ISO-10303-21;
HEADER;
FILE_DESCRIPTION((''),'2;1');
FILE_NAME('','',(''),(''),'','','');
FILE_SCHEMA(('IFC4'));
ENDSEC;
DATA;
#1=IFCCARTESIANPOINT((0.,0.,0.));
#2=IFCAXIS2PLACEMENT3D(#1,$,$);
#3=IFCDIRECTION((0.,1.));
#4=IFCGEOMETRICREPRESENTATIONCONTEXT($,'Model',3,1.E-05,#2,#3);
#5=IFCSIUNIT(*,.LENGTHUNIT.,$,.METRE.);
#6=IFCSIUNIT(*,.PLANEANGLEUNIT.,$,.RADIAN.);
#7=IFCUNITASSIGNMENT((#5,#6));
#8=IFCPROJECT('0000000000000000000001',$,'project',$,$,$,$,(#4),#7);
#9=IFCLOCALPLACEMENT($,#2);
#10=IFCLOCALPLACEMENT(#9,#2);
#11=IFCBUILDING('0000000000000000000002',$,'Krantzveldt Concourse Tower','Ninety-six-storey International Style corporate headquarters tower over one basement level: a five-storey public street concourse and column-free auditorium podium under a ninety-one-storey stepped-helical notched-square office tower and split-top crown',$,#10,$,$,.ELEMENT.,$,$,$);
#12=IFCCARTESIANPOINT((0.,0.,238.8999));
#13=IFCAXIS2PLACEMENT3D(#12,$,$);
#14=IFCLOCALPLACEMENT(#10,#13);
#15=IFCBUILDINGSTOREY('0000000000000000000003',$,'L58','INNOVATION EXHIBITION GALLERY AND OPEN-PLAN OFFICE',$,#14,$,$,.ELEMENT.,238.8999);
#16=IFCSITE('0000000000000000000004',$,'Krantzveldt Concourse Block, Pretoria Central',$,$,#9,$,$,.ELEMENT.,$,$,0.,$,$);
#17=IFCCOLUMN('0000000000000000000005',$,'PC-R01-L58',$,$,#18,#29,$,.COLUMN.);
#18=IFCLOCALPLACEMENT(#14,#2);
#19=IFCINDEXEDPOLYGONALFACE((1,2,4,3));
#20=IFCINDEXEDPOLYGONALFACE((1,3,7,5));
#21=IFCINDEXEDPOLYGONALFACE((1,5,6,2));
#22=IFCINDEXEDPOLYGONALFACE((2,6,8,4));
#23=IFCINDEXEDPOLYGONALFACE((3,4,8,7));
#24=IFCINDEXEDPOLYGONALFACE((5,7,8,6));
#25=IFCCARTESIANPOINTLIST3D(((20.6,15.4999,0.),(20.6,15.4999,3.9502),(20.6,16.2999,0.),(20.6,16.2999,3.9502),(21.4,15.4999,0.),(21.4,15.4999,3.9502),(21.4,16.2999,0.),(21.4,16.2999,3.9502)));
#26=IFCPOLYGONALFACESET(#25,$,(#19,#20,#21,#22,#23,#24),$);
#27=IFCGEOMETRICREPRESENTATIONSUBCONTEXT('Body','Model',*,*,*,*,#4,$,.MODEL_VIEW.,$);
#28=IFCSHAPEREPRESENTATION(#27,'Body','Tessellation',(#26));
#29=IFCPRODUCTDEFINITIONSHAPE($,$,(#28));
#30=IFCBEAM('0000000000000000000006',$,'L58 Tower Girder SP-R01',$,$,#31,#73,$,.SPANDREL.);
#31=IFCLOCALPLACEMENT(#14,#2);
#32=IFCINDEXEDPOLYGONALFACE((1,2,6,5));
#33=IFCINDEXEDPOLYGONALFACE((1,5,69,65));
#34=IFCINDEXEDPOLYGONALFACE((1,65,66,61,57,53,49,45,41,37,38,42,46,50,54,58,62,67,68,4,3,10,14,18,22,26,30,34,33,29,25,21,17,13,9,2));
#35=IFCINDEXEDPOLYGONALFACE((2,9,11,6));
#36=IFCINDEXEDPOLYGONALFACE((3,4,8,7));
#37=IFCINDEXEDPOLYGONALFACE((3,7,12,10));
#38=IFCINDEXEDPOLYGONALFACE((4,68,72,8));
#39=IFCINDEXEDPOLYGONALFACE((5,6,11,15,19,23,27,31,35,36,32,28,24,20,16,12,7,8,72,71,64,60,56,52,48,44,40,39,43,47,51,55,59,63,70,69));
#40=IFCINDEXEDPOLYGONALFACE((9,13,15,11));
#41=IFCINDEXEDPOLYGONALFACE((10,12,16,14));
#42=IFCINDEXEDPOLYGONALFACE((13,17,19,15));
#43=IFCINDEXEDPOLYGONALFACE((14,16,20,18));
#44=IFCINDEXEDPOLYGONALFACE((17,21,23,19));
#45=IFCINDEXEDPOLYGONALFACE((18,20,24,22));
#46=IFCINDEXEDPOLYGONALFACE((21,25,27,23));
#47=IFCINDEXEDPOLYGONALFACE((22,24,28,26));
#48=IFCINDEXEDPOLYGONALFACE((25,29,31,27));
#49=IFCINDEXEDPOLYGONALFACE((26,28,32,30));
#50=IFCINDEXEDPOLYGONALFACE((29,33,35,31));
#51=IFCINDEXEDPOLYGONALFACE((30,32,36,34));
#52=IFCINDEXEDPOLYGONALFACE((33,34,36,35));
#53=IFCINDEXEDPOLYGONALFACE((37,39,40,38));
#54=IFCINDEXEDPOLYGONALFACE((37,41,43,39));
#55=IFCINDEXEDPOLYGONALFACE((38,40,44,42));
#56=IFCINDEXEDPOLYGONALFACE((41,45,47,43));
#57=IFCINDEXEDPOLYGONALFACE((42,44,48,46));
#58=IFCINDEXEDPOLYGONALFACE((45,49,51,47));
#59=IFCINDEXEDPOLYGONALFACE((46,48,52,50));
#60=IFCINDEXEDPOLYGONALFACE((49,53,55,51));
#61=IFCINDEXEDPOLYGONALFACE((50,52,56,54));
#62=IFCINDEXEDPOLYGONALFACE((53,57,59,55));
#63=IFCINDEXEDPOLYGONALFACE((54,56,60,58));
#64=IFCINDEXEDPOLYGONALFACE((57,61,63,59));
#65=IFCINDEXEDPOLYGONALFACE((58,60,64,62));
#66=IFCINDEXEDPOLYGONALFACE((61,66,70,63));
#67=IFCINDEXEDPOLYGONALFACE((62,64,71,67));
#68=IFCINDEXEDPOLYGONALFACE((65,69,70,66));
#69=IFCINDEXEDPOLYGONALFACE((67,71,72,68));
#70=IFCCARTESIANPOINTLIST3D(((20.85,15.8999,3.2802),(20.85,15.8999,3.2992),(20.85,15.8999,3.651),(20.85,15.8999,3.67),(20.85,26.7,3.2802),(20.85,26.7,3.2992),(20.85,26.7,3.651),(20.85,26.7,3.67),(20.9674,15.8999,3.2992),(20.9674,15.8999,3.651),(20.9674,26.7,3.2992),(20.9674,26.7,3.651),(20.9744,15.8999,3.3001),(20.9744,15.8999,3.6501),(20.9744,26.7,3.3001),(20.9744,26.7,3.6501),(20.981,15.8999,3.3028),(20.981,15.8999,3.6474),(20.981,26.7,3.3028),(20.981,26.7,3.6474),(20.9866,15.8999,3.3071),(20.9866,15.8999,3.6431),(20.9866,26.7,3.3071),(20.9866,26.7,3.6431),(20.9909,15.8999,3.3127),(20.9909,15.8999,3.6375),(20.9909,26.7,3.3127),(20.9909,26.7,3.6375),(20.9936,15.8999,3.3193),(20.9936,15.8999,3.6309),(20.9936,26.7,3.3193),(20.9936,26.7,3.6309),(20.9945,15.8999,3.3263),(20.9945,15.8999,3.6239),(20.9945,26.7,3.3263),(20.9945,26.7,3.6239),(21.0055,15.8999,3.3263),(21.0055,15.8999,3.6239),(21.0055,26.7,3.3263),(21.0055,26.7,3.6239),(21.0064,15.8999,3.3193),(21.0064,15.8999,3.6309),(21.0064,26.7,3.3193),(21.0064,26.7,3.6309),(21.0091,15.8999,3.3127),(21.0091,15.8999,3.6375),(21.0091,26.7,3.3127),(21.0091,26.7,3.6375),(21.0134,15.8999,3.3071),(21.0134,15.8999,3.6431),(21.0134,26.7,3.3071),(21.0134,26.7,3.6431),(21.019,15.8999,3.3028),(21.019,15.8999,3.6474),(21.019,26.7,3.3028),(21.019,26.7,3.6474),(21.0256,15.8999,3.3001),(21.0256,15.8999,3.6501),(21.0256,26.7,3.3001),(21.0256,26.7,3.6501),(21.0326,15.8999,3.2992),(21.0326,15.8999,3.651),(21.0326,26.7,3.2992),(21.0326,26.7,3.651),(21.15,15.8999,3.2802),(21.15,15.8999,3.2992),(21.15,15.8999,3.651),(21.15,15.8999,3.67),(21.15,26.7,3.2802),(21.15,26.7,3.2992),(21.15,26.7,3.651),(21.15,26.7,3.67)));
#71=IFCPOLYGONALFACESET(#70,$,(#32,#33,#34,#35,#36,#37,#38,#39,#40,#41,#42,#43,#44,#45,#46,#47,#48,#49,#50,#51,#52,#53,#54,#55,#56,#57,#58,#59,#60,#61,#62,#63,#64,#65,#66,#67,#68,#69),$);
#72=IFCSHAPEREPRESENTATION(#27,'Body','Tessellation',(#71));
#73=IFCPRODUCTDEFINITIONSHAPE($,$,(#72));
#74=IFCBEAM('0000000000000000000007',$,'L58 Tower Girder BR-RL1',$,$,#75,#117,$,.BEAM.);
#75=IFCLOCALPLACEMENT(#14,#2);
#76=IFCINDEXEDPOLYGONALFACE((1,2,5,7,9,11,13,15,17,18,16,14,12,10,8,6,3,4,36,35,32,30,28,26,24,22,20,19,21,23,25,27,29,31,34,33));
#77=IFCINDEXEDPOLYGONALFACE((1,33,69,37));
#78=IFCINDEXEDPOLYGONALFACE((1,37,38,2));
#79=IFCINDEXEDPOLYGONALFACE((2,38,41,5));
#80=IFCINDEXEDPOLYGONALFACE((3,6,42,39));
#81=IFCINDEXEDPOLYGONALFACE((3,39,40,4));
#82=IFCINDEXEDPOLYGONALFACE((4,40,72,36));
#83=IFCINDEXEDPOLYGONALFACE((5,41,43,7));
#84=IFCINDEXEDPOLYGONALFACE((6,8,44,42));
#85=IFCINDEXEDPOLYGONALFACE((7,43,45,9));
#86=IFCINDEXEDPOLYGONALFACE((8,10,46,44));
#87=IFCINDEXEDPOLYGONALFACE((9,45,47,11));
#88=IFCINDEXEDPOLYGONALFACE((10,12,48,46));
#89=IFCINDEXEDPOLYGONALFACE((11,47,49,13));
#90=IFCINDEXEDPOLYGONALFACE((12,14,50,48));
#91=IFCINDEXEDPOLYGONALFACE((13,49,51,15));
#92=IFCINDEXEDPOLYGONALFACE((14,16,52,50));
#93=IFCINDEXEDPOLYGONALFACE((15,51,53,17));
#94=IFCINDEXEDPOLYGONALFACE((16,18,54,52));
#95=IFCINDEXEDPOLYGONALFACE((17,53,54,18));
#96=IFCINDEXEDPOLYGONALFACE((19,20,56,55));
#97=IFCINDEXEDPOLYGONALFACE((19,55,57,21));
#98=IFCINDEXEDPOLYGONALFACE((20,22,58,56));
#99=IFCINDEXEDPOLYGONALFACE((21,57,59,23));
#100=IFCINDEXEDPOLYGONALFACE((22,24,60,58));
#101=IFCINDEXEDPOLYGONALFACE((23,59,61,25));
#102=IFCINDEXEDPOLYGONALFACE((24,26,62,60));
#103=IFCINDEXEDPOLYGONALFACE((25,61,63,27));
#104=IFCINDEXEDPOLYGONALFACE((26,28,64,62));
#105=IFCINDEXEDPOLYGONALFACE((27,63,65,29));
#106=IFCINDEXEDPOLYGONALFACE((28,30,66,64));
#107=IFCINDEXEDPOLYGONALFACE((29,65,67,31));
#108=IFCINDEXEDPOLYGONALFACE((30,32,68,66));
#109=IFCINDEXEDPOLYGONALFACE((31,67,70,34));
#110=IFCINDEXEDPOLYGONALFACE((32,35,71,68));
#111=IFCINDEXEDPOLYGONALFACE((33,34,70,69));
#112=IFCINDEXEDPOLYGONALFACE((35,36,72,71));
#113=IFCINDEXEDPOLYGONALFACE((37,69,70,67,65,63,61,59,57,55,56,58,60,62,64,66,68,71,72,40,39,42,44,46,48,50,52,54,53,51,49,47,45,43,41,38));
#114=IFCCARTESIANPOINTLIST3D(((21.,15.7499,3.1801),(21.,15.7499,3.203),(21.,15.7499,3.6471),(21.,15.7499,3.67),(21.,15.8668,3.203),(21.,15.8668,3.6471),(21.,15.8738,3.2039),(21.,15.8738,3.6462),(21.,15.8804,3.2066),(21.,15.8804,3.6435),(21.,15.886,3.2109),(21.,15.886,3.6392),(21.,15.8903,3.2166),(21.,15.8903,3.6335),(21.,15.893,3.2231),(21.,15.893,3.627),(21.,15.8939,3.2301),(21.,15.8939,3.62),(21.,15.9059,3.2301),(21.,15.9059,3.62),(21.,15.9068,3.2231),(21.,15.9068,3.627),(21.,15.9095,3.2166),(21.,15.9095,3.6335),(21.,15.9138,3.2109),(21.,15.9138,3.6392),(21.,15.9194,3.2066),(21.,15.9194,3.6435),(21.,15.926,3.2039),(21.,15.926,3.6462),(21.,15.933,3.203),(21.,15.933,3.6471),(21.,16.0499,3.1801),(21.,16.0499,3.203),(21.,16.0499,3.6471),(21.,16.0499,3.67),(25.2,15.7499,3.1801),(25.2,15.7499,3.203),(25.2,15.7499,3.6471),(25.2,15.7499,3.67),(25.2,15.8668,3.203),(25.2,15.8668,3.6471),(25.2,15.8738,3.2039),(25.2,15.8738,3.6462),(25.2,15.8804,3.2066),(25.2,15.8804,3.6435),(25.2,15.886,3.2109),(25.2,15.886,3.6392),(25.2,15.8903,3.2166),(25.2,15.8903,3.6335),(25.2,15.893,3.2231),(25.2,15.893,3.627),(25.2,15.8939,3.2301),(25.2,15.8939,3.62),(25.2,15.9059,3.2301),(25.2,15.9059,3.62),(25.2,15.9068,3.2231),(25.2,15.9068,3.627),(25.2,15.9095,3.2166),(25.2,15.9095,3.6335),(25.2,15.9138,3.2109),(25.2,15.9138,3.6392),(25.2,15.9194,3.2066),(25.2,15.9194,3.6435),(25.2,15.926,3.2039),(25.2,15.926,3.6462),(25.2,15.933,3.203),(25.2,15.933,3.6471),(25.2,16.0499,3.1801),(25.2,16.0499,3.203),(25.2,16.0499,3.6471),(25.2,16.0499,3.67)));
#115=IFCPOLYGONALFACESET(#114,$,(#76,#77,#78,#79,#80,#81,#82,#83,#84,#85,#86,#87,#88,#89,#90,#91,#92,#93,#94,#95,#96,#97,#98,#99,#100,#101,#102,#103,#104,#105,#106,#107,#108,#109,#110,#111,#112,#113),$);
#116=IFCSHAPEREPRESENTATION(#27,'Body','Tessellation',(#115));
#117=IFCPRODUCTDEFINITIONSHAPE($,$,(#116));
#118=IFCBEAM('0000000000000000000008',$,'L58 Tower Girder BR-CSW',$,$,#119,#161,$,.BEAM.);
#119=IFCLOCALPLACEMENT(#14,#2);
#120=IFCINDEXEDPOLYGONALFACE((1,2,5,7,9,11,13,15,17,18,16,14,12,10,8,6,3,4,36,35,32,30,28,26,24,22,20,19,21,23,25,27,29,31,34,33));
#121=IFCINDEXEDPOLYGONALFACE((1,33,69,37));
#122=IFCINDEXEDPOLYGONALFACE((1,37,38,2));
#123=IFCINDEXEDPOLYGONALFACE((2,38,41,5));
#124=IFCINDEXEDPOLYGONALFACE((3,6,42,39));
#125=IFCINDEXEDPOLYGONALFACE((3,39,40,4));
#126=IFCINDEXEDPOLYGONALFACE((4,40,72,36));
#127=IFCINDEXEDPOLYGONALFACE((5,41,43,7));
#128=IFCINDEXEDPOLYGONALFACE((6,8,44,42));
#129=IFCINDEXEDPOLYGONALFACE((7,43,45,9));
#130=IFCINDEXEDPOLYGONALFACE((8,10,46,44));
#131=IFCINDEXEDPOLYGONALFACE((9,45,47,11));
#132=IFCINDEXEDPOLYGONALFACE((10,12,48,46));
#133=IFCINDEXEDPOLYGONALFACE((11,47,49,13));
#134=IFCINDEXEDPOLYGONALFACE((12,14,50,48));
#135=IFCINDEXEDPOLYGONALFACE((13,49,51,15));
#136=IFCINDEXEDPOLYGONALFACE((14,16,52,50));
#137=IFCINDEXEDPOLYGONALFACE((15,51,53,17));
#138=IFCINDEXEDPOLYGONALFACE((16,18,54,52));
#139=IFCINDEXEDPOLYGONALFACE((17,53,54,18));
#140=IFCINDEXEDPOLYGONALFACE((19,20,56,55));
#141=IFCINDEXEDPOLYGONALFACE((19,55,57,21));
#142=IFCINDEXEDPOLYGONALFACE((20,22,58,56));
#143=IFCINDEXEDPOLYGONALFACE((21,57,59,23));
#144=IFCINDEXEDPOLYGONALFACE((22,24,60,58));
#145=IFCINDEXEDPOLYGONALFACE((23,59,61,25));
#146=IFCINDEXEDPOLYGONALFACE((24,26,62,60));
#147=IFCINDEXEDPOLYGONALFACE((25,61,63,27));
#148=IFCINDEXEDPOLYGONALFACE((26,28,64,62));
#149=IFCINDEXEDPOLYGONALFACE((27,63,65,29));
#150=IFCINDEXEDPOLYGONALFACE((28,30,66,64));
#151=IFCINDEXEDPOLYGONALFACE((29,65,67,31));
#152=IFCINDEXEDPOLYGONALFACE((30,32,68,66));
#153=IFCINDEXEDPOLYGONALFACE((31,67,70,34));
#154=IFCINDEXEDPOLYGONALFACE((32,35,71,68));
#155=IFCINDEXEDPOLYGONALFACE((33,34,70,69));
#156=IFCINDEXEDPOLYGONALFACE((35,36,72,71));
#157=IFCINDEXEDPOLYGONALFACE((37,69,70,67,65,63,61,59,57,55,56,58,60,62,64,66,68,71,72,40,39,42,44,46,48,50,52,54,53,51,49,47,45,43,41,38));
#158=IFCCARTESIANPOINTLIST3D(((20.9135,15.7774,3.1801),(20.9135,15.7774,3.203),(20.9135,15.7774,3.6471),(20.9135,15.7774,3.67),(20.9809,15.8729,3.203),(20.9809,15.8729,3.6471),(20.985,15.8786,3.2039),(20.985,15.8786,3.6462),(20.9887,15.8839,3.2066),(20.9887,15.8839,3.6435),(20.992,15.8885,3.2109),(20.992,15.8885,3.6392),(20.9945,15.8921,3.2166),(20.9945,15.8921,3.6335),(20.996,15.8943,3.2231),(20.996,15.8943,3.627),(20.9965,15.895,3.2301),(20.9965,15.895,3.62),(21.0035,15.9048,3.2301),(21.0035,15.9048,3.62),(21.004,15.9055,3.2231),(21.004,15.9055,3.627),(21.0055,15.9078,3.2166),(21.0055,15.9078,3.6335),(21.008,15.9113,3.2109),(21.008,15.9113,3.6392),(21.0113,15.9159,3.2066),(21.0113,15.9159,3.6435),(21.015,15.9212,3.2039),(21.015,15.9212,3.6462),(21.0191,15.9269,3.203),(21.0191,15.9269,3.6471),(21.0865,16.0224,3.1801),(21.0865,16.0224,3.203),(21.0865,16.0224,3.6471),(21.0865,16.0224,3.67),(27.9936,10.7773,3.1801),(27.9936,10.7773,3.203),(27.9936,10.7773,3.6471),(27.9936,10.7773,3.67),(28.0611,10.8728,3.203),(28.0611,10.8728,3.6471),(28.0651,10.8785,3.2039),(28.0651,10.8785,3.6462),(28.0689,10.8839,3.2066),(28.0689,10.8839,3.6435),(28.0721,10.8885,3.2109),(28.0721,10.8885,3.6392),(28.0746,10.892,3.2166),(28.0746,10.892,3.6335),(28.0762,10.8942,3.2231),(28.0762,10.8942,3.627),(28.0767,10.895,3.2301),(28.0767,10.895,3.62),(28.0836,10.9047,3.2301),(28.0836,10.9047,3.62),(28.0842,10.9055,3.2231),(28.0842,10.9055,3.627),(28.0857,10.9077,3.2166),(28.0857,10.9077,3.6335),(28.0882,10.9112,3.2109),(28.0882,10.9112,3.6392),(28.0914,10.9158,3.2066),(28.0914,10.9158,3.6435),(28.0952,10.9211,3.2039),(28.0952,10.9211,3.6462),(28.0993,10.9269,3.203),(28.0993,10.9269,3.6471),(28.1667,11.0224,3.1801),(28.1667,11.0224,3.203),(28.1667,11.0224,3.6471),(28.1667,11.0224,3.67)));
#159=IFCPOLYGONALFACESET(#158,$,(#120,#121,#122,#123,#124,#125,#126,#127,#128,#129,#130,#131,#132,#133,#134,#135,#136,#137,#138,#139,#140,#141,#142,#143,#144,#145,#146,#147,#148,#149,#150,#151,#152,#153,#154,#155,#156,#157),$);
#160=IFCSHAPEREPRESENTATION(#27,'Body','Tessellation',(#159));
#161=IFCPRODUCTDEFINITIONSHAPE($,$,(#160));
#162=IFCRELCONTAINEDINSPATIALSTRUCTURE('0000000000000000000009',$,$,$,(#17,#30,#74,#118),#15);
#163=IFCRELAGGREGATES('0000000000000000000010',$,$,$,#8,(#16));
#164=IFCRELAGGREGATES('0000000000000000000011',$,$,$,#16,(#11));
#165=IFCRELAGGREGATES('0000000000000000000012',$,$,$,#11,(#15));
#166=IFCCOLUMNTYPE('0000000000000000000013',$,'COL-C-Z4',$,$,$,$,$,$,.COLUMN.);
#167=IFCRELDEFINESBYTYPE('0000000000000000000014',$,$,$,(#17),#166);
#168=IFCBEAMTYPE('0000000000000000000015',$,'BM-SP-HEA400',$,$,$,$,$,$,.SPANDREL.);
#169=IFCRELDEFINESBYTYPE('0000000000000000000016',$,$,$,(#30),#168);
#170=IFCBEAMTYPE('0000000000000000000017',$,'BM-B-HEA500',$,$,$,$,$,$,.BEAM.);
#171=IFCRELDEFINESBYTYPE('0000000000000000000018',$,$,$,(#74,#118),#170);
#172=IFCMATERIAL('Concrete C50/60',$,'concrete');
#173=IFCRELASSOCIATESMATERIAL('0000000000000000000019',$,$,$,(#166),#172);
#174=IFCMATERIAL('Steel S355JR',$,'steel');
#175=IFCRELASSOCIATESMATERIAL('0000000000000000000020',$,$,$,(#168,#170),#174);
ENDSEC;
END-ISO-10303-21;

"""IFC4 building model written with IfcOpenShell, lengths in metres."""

from ifc_helpers import new_model, si_unit, direction, frame, origin, origin_2d, place, context, subcontext, project, spatial, rectangle, i_section, extrude, source, transform, mapped, material, material_profile, profile_set, type_object, type_shapes, element, save


model = new_model("IFC4")

# Units and contexts
model_context = context("Model", 3, precision=1e-05, world=origin(), true_north=direction((0.0, 1.0)))
body_context = subcontext(model_context, "Body", "Model", "MODEL_VIEW")
ifc_project = project(units=[si_unit("LENGTHUNIT", "METRE"), si_unit("PLANEANGLEUNIT", "RADIAN")], contexts=[model_context])

# Site, building, storey
site_placement = place(None, origin())
site = spatial("IfcSite", under=ifc_project, at=site_placement, Name="Krantzveldt Concourse Block, Pretoria Central", CompositionType="ELEMENT", RefElevation=0.0)
building_placement = place(site_placement, origin())
building = spatial("IfcBuilding", under=site, at=building_placement, Name="Krantzveldt Concourse Tower", Description="Ninety-six-storey International Style corporate headquarters tower over one basement level: a five-storey public street concourse and column-free auditorium podium under a ninety-one-storey stepped-helical notched-square office tower and split-top crown", CompositionType="ELEMENT")
storey_placement = place(building_placement, frame((0.0, 0.0, 238.8999)))
storey = spatial("IfcBuildingStorey", under=building, at=storey_placement, Name="L58", Description="INNOVATION EXHIBITION GALLERY AND OPEN-PLAN OFFICE", CompositionType="ELEMENT", Elevation=238.8999)

# Column
ifc_material_1 = material(Name="Concrete C50/60", Category="concrete")
ifc_material_profile_1 = material_profile(ifc_material_1, rectangle(XDim=0.8, YDim=0.8, at=origin_2d()), Name="Concrete C50/60", Category="concrete")
ifc_profile_set_1 = profile_set([ifc_material_profile_1], Name="Concrete C50/60 - RC 800x800")
column_type = type_object("IfcColumnType", Name="COL-C-Z4", PredefinedType="COLUMN", material=ifc_profile_set_1)
shared_shape_1 = source(origin(), body_context, "Body", "SweptSolid", [
    extrude(rectangle(XDim=0.8, YDim=0.8, at=origin_2d()), origin(), (0.0, 0.0, 1.0), 3.9502),
])
type_shapes(column_type, [shared_shape_1])
column_placement = place(storey_placement, frame((21.0, 15.8999, 0.0), z_axis=(0.0, 0.0, 1.0), x_axis=(1.0, 0.0, 0.0)))
element("IfcColumn", 1, at=column_placement, inside=storey, type_object=column_type, Name="PC-R01-L58", PredefinedType="COLUMN", context=body_context, shape_type="MappedRepresentation", body=[
    mapped(shared_shape_1, transform((0.0, 0.0, 0.0), x_axis=(1.0, 0.0, 0.0), y_axis=(0.0, 1.0, 0.0), z_axis=(0.0, 0.0, 1.0), scale=1.0)),
])

# Beams
ifc_material_2 = material(Name="Steel S355JR", Category="steel")
ifc_material_profile_2 = material_profile(ifc_material_2, i_section(OverallWidth=0.3, OverallDepth=0.3899, WebThickness=0.011, FlangeThickness=0.019, FilletRadius=0.0271, at=origin_2d()), Name="Steel S355JR", Category="steel")
ifc_profile_set_2 = profile_set([ifc_material_profile_2], Name="Steel S355JR - HEA 400")
beam_type_1 = type_object("IfcBeamType", Name="BM-SP-HEA400", PredefinedType="SPANDREL", material=ifc_profile_set_2)
shared_shape_2 = source(origin(), body_context, "Body", "SweptSolid", [
    extrude(i_section(OverallWidth=0.3, OverallDepth=0.3899, WebThickness=0.011, FlangeThickness=0.019, FilletRadius=0.0271, at=origin_2d()), origin(), (0.0, 0.0, 1.0), 10.8),
])
type_shapes(beam_type_1, [shared_shape_2])
beam_1_placement = place(storey_placement, frame((21.0, 15.8999, 3.4751), z_axis=(0.0, 1.0, 0.0), x_axis=(-1.0, 0.0, 0.0)))
element("IfcBeam", 2, at=beam_1_placement, inside=storey, type_object=beam_type_1, Name="L58 Tower Girder SP-R01", PredefinedType="SPANDREL", context=body_context, shape_type="MappedRepresentation", body=[
    mapped(shared_shape_2, transform((0.0, 0.0, 0.0), x_axis=(1.0, 0.0, 0.0), y_axis=(0.0, 1.0, 0.0), z_axis=(0.0, 0.0, 1.0), scale=1.0)),
])
ifc_material_profile_3 = material_profile(ifc_material_2, i_section(OverallWidth=0.3, OverallDepth=0.49, WebThickness=0.012, FlangeThickness=0.0229, FilletRadius=0.0271, at=origin_2d()), Name="Steel S355JR", Category="steel")
ifc_profile_set_3 = profile_set([ifc_material_profile_3], Name="Steel S355JR - HEA 500")
beam_type_2 = type_object("IfcBeamType", Name="BM-B-HEA500", PredefinedType="BEAM", material=ifc_profile_set_3)
shared_shape_3 = source(origin(), body_context, "Body", "SweptSolid", [
    extrude(i_section(OverallWidth=0.3, OverallDepth=0.49, WebThickness=0.012, FlangeThickness=0.0229, FilletRadius=0.0271, at=origin_2d()), origin(), (0.0, 0.0, 1.0), 4.2),
])
beam_2_placement = place(storey_placement, frame((21.0, 15.8999, 3.425), z_axis=(1.0, 0.0, 0.0), x_axis=(0.0, 1.0, 0.0)))
element("IfcBeam", 3, at=beam_2_placement, inside=storey, type_object=beam_type_2, Name="L58 Tower Girder BR-RL1", PredefinedType="BEAM", context=body_context, shape_type="MappedRepresentation", body=[
    mapped(shared_shape_3, transform((0.0, 0.0, 0.0), x_axis=(1.0, 0.0, 0.0), y_axis=(0.0, 1.0, 0.0), z_axis=(0.0, 0.0, 1.0), scale=1.0)),
])
shared_shape_4 = source(origin(), body_context, "Body", "SweptSolid", [
    extrude(i_section(OverallWidth=0.3, OverallDepth=0.49, WebThickness=0.012, FlangeThickness=0.0229, FilletRadius=0.0271, at=origin_2d()), origin(), (0.0, 0.0, 1.0), 8.6677),
])
type_shapes(beam_type_2, [shared_shape_3, shared_shape_4])
beam_3_placement = place(storey_placement, frame((21.0, 15.8999, 3.425), z_axis=(0.816843, -0.57686, 0.0), x_axis=(0.57686, 0.816843, 0.0)))
element("IfcBeam", 4, at=beam_3_placement, inside=storey, type_object=beam_type_2, Name="L58 Tower Girder BR-CSW", PredefinedType="BEAM", context=body_context, shape_type="MappedRepresentation", body=[
    mapped(shared_shape_4, transform((0.0, 0.0, 0.0), x_axis=(1.0, 0.0, 0.0), y_axis=(0.0, 1.0, 0.0), z_axis=(0.0, 0.0, 1.0), scale=1.0)),
])

save(model, "model.ifc")
